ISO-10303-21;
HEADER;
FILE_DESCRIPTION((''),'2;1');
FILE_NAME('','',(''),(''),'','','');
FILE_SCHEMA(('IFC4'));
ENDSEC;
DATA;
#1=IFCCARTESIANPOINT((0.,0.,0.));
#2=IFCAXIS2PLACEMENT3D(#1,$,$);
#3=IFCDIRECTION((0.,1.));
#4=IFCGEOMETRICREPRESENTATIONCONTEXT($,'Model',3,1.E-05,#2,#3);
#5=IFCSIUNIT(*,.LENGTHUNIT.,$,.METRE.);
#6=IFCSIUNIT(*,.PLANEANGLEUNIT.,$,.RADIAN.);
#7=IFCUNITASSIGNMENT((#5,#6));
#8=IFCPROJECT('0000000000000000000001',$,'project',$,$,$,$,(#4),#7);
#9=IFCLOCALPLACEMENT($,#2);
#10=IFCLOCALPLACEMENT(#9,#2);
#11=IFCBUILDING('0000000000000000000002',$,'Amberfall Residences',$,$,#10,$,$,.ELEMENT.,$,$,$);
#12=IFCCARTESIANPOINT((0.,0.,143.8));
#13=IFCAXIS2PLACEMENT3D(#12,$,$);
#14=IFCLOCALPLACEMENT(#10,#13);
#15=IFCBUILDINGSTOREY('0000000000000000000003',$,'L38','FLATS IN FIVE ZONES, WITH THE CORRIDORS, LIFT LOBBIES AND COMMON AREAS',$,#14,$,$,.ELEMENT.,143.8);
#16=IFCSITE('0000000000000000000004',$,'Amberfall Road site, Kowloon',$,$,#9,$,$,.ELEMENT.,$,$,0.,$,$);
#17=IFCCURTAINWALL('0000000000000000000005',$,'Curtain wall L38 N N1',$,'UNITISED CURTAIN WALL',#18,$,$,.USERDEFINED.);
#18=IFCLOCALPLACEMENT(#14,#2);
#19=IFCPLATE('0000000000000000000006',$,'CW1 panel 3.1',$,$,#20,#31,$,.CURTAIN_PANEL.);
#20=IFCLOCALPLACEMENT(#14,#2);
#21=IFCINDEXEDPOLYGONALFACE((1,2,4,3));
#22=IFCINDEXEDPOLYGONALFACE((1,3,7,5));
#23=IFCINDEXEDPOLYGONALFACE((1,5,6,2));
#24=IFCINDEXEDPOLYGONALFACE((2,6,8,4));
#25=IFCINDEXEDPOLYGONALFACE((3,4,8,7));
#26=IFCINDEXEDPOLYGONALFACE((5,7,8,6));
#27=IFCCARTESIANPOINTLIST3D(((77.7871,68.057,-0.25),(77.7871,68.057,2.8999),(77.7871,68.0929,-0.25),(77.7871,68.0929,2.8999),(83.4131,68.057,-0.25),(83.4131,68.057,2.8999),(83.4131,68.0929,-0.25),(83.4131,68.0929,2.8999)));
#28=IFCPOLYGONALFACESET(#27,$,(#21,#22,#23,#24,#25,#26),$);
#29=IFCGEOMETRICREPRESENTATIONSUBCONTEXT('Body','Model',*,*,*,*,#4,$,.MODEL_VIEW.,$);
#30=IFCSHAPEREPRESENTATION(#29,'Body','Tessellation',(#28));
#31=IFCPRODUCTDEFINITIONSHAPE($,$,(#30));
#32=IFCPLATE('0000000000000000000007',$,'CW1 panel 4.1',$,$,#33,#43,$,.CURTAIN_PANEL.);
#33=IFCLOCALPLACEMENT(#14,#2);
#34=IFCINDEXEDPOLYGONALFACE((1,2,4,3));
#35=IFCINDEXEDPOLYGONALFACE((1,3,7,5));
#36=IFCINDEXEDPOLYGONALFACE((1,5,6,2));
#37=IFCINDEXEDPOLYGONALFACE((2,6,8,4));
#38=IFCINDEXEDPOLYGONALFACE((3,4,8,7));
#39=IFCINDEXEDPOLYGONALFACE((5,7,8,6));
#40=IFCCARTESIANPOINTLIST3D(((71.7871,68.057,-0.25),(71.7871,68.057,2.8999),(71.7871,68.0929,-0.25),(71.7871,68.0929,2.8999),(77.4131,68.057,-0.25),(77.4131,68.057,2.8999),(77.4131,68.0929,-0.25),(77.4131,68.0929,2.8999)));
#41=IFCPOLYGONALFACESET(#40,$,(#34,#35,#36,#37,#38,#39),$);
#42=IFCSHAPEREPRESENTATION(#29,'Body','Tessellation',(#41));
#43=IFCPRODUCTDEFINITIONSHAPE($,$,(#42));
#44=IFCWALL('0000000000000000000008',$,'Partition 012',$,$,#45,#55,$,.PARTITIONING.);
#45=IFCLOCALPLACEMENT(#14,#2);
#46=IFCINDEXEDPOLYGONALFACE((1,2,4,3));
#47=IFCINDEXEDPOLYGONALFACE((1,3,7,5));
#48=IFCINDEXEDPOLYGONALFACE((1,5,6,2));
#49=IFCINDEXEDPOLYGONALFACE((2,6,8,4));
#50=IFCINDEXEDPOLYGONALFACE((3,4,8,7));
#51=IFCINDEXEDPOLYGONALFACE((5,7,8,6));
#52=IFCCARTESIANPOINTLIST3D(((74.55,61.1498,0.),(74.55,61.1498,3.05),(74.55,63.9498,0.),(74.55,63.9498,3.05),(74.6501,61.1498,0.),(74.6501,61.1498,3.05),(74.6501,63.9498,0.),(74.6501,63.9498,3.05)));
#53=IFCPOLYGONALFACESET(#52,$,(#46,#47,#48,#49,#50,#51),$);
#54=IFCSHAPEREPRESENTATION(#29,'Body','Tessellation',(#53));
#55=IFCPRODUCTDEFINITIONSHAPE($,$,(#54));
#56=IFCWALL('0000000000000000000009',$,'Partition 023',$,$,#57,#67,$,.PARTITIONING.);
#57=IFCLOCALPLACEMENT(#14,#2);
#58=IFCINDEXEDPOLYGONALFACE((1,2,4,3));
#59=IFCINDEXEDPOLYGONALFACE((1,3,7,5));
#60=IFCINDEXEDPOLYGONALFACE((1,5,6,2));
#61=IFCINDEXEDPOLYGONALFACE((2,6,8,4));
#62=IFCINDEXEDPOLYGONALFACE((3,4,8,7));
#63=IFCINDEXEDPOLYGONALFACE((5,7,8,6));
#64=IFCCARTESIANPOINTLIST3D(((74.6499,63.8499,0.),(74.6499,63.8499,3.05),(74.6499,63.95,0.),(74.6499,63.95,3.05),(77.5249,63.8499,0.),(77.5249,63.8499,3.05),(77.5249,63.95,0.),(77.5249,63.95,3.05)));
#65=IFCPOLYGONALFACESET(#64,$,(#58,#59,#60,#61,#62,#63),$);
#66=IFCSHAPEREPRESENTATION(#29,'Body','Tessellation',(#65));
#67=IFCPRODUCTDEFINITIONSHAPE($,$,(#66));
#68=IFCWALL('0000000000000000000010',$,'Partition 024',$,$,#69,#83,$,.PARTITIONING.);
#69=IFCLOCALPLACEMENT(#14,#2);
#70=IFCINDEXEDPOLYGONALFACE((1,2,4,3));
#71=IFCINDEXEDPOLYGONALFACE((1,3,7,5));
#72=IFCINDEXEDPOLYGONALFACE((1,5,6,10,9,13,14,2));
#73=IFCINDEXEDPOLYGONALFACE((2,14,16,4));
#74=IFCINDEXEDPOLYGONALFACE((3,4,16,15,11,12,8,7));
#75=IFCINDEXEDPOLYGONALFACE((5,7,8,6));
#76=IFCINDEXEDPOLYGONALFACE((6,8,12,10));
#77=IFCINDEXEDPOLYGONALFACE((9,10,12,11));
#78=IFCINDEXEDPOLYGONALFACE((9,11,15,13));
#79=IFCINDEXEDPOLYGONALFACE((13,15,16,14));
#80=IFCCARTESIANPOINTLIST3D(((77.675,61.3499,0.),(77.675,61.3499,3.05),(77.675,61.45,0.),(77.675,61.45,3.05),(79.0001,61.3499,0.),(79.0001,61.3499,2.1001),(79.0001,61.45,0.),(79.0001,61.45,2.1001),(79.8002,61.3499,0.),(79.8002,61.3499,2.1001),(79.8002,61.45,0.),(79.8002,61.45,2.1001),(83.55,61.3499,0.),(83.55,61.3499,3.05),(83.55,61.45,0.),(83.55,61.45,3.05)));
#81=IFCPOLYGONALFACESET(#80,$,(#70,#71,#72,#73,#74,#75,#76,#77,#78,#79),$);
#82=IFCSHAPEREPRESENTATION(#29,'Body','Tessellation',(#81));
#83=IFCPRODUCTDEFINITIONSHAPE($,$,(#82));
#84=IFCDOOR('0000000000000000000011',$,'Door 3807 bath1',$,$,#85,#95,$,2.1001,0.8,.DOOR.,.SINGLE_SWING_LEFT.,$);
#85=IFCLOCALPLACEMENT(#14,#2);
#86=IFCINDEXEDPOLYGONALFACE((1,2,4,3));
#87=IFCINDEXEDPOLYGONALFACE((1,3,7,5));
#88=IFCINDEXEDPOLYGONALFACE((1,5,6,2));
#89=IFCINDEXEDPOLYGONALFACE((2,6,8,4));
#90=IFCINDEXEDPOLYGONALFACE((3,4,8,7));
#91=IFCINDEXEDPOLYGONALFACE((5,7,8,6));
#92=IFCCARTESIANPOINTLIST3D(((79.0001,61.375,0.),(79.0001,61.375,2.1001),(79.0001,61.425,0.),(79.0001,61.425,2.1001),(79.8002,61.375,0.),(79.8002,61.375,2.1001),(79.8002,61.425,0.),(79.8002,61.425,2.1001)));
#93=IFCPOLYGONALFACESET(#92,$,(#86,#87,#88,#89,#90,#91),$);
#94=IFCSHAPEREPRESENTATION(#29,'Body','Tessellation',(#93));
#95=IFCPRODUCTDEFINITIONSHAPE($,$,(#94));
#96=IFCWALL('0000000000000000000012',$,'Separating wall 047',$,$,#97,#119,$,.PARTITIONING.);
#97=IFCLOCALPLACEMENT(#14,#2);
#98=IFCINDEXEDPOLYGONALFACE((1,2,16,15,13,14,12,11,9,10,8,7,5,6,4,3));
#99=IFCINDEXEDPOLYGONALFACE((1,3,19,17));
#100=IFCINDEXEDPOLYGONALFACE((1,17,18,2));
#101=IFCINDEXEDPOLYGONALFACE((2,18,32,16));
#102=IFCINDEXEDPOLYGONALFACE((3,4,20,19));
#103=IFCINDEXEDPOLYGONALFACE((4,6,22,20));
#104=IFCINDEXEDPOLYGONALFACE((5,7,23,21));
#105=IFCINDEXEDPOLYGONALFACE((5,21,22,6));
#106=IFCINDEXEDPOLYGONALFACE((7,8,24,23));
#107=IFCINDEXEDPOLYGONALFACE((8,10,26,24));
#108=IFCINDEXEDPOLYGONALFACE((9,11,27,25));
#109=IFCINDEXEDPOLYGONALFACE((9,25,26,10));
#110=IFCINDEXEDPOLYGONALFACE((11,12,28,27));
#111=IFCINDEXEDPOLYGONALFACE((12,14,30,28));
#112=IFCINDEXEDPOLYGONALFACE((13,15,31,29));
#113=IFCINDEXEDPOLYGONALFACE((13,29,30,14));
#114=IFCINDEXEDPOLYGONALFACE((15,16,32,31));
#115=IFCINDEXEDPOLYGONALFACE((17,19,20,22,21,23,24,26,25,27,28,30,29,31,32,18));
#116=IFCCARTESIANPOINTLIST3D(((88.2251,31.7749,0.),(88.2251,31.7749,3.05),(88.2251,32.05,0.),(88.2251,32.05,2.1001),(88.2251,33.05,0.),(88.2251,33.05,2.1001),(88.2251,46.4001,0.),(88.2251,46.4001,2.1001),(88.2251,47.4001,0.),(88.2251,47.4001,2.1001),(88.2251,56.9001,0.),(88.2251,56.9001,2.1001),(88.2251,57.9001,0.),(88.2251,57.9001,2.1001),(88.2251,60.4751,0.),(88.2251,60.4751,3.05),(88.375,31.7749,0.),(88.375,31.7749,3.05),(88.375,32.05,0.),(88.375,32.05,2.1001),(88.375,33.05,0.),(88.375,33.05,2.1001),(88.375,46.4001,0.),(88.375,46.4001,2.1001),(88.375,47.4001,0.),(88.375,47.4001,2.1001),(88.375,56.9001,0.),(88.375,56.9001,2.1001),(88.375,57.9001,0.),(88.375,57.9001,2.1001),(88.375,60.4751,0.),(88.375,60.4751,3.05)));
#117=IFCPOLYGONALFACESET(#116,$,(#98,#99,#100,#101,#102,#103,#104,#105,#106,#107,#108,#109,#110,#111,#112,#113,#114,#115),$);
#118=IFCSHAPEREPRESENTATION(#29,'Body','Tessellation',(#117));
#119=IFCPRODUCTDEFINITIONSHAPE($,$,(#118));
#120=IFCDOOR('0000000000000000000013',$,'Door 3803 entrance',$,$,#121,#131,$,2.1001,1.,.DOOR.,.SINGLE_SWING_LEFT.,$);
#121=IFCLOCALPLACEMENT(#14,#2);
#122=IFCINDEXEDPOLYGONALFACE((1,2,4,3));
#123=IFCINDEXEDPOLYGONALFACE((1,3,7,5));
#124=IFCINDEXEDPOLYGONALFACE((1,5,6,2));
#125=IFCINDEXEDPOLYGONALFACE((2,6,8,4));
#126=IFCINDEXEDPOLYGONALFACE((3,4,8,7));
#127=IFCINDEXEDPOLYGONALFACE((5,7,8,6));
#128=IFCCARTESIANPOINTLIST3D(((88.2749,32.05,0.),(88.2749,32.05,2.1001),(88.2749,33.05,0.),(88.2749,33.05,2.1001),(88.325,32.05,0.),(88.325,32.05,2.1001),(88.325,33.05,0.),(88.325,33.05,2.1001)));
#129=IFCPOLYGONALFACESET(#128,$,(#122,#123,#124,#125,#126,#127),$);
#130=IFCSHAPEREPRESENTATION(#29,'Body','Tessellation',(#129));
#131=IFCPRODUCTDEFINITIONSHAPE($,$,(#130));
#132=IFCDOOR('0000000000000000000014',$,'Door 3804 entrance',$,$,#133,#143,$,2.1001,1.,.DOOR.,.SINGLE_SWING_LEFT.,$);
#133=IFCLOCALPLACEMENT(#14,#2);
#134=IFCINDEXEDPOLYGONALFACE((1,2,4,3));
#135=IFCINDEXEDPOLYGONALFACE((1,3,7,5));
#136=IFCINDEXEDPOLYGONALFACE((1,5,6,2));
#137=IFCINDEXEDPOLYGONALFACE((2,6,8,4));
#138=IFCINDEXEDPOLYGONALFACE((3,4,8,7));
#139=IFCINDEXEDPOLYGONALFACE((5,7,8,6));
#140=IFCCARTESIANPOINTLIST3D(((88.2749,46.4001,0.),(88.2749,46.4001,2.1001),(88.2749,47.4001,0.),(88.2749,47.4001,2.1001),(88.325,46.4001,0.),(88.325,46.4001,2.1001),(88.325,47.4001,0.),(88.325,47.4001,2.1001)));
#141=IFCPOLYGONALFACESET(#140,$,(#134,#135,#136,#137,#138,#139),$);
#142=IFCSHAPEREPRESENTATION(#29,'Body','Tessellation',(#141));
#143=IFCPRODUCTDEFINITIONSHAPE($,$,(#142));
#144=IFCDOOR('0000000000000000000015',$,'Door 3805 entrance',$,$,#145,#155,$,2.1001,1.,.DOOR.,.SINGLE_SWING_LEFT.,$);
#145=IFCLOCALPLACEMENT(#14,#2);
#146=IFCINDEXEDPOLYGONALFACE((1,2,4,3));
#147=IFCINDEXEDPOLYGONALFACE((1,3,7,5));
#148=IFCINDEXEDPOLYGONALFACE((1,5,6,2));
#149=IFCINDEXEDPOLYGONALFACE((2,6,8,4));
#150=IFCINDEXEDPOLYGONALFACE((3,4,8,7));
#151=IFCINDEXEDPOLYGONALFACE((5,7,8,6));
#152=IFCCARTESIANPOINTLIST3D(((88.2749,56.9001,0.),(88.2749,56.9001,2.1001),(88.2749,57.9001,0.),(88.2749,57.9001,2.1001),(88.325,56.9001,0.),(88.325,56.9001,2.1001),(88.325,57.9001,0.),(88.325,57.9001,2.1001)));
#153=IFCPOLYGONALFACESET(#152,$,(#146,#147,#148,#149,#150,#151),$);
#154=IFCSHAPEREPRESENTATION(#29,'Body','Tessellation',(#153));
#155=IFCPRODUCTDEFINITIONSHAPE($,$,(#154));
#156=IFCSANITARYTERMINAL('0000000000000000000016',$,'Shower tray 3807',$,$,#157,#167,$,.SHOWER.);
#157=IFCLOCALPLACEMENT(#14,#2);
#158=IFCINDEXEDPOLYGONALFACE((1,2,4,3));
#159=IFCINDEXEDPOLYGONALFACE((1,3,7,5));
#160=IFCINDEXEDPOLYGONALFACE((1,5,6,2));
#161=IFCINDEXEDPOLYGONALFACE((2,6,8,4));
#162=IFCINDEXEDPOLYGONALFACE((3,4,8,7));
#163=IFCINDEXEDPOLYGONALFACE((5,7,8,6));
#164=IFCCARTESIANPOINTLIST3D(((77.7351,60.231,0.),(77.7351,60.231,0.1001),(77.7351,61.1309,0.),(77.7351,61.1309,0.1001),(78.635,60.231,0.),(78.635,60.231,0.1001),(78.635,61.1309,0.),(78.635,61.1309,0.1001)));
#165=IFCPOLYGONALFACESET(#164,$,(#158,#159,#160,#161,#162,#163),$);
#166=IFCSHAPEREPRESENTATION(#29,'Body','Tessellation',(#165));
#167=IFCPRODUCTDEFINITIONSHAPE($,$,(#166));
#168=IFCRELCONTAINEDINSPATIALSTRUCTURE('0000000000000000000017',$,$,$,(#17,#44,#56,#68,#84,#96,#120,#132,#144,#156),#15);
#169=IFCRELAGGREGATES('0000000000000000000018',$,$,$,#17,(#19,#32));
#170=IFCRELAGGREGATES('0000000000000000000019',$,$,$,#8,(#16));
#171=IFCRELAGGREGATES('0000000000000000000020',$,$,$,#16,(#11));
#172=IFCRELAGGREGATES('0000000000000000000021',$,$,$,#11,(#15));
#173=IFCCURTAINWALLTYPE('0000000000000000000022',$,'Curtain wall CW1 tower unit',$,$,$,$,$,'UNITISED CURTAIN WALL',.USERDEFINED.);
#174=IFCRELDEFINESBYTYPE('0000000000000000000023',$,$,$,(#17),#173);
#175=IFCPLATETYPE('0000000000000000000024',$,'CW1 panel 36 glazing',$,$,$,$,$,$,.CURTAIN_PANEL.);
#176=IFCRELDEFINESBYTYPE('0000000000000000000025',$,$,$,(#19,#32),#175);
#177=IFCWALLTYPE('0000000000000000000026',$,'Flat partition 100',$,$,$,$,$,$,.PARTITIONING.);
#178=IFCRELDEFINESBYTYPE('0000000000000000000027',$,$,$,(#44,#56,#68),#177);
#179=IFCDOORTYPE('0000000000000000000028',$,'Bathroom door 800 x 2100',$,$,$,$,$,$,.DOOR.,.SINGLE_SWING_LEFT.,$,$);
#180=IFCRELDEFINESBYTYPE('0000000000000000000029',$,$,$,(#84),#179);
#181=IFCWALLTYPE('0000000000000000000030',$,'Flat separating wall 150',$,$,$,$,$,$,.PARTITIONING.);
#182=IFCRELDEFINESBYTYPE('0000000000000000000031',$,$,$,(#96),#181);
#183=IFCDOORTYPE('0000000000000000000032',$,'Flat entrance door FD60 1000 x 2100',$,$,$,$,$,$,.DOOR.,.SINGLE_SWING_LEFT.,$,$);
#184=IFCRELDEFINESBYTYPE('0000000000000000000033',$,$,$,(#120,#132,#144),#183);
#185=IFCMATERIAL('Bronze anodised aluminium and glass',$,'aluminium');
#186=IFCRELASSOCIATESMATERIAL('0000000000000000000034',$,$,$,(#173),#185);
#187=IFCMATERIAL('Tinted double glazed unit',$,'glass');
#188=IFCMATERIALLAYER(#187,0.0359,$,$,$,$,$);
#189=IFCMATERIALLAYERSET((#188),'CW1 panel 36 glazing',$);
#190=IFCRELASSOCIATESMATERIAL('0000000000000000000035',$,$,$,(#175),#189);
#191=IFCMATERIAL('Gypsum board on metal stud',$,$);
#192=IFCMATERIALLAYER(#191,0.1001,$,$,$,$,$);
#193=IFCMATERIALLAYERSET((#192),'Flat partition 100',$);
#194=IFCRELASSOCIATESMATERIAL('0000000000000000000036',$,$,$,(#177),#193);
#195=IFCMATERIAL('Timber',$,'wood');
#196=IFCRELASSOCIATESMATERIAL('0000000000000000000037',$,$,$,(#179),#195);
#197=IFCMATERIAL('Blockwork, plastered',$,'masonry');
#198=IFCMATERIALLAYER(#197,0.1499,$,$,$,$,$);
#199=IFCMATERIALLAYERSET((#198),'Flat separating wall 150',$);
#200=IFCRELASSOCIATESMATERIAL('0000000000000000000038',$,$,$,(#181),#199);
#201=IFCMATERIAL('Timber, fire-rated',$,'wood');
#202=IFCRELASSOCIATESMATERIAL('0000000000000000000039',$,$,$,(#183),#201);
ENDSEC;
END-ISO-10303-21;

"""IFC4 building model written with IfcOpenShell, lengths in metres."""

from ifc_helpers import new_model, si_unit, direction, frame, frame_2d, origin, origin_2d, place, context, subcontext, project, spatial, rectangle, extrude, material, layer, layer_set, type_object, element, fill, aggregate, save


model = new_model("IFC4")

# Units and contexts
model_context = context("Model", 3, precision=1e-05, world=origin(), true_north=direction((0.0, 1.0)))
body_context = subcontext(model_context, "Body", "Model", "MODEL_VIEW")
ifc_project = project(units=[si_unit("LENGTHUNIT", "METRE"), si_unit("PLANEANGLEUNIT", "RADIAN")], contexts=[model_context])

# Site, building, storey
site_placement = place(None, origin())
site = spatial("IfcSite", under=ifc_project, at=site_placement, Name="Amberfall Road site, Kowloon", CompositionType="ELEMENT", RefElevation=0.0)
building_placement = place(site_placement, origin())
building = spatial("IfcBuilding", under=site, at=building_placement, Name="Amberfall Residences", CompositionType="ELEMENT")
storey_placement = place(building_placement, frame((0.0, 0.0, 143.8)))
storey = spatial("IfcBuildingStorey", under=building, at=storey_placement, Name="L38", Description="FLATS IN FIVE ZONES, WITH THE CORRIDORS, LIFT LOBBIES AND COMMON AREAS", CompositionType="ELEMENT", Elevation=143.8)

# Curtain wall
ifc_material_1 = material(Name="Bronze anodised aluminium and glass", Category="aluminium")
curtain_wall_type = type_object("IfcCurtainWallType", Name="Curtain wall CW1 tower unit", ElementType="UNITISED CURTAIN WALL", PredefinedType="USERDEFINED", material=ifc_material_1)
curtain_wall_placement = place(storey_placement, origin())
curtain_wall = element("IfcCurtainWall", 1, at=curtain_wall_placement, inside=storey, type_object=curtain_wall_type, Name="Curtain wall L38 N N1", ObjectType="UNITISED CURTAIN WALL", PredefinedType="USERDEFINED")

# Plates
ifc_material_2 = material(Name="Tinted double glazed unit", Category="glass")
ifc_layer_1 = layer(ifc_material_2, 0.0359)
ifc_layer_set_1 = layer_set([ifc_layer_1], Name="CW1 panel 36 glazing")
plate_type = type_object("IfcPlateType", Name="CW1 panel 36 glazing", PredefinedType="CURTAIN_PANEL", material=ifc_layer_set_1)
plate_1_placement = place(storey_placement, frame((80.6001, 68.075, -0.25), z_axis=(0.0, 0.0, 1.0), x_axis=(-1.0, 0.0, 0.0)))
plate_1 = element("IfcPlate", 2, at=plate_1_placement, type_object=plate_type, Name="CW1 panel 3.1", PredefinedType="CURTAIN_PANEL", context=body_context, shape_type="SweptSolid", body=[
    extrude(rectangle(XDim=5.626, YDim=0.0359, at=origin_2d()), origin(), (0.0, 0.0, 1.0), 3.1499),
])
plate_2_placement = place(storey_placement, frame((74.6001, 68.075, -0.25), z_axis=(0.0, 0.0, 1.0), x_axis=(-1.0, 0.0, 0.0)))
plate_2 = element("IfcPlate", 3, at=plate_2_placement, type_object=plate_type, Name="CW1 panel 4.1", PredefinedType="CURTAIN_PANEL", context=body_context, shape_type="SweptSolid", body=[
    extrude(rectangle(XDim=5.626, YDim=0.0359, at=origin_2d()), origin(), (0.0, 0.0, 1.0), 3.1499),
])
aggregate(curtain_wall, [plate_1, plate_2])

# Walls
ifc_material_3 = material(Name="Gypsum board on metal stud")
ifc_layer_2 = layer(ifc_material_3, 0.1001)
ifc_layer_set_2 = layer_set([ifc_layer_2], Name="Flat partition 100")
wall_type_1 = type_object("IfcWallType", Name="Flat partition 100", PredefinedType="PARTITIONING", material=ifc_layer_set_2)
wall_1_placement = place(storey_placement, frame((74.6001, 61.1499, 0.0), z_axis=(0.0, 0.0, 1.0), x_axis=(0.0, 1.0, 0.0)))
element("IfcWall", 4, at=wall_1_placement, inside=storey, type_object=wall_type_1, Name="Partition 012", PredefinedType="PARTITIONING", context=body_context, shape_type="SweptSolid", body=[
    extrude(rectangle(XDim=2.8, YDim=0.1001, at=frame_2d((1.3999, 0.0))), origin(), (0.0, 0.0, 1.0), 3.05),
])
wall_2_placement = place(storey_placement, frame((74.6499, 63.8999, 0.0), z_axis=(0.0, 0.0, 1.0), x_axis=(1.0, 0.0, 0.0)))
element("IfcWall", 5, at=wall_2_placement, inside=storey, type_object=wall_type_1, Name="Partition 023", PredefinedType="PARTITIONING", context=body_context, shape_type="SweptSolid", body=[
    extrude(rectangle(XDim=2.875, YDim=0.1001, at=frame_2d((1.4375, 0.0))), origin(), (0.0, 0.0, 1.0), 3.05),
])

# Wall, opening, door
wall_3_placement = place(storey_placement, frame((83.55, 61.3999, 0.0), z_axis=(0.0, 0.0, 1.0), x_axis=(-1.0, 0.0, 0.0)))
wall_3 = element("IfcWall", 6, at=wall_3_placement, inside=storey, type_object=wall_type_1, Name="Partition 024", PredefinedType="PARTITIONING", context=body_context, shape_type="SweptSolid", body=[
    extrude(rectangle(XDim=5.875, YDim=0.1001, at=frame_2d((2.9375, 0.0))), origin(), (0.0, 0.0, 1.0), 3.05),
])
opening_1_placement = place(wall_3_placement, frame((3.75, 0.0, 0.0)))
opening_1 = element("IfcOpeningElement", 7, at=opening_1_placement, cuts=wall_3, PredefinedType="OPENING", context=body_context, shape_type="SweptSolid", body=[
    extrude(rectangle(XDim=0.8, YDim=2.1001, at=frame_2d((0.3999, 1.05))), frame((0.0, 0.0601, 0.0), z_axis=(0.0, -1.0, 0.0), x_axis=(1.0, 0.0, 0.0)), (0.0, 0.0, 1.0), 0.1201),
])
ifc_material_4 = material(Name="Timber", Category="wood")
door_type_1 = type_object("IfcDoorType", Name="Bathroom door 800 x 2100", OperationType="SINGLE_SWING_LEFT", PredefinedType="DOOR", material=ifc_material_4)
door_1_placement = place(opening_1_placement, origin())
door_1 = element("IfcDoor", 8, at=door_1_placement, inside=storey, type_object=door_type_1, Name="Door 3807 bath1", OperationType="SINGLE_SWING_LEFT", OverallHeight=2.1001, OverallWidth=0.8, PredefinedType="DOOR", context=body_context, shape_type="SweptSolid", body=[
    extrude(rectangle(XDim=0.8, YDim=2.1001, at=frame_2d((0.3999, 1.05))), frame((0.0, 0.0249, 0.0), z_axis=(0.0, -1.0, 0.0), x_axis=(1.0, 0.0, 0.0)), (0.0, 0.0, 1.0), 0.05),
])
fill(opening_1, door_1)

# Wall, openings, doors
ifc_material_5 = material(Name="Blockwork, plastered", Category="masonry")
ifc_layer_3 = layer(ifc_material_5, 0.1499)
ifc_layer_set_3 = layer_set([ifc_layer_3], Name="Flat separating wall 150")
wall_type_2 = type_object("IfcWallType", Name="Flat separating wall 150", PredefinedType="PARTITIONING", material=ifc_layer_set_3)
wall_4_placement = place(storey_placement, frame((88.3, 60.4751, 0.0), z_axis=(0.0, 0.0, 1.0), x_axis=(0.0, -1.0, 0.0)))
wall_4 = element("IfcWall", 9, at=wall_4_placement, inside=storey, type_object=wall_type_2, Name="Separating wall 047", PredefinedType="PARTITIONING", context=body_context, shape_type="SweptSolid", body=[
    extrude(rectangle(XDim=28.7002, YDim=0.1499, at=frame_2d((14.3501, 0.0))), origin(), (0.0, 0.0, 1.0), 3.05),
])
opening_2_placement = place(wall_4_placement, frame((27.425, 0.0, 0.0)))
opening_2 = element("IfcOpeningElement", 10, at=opening_2_placement, cuts=wall_4, PredefinedType="OPENING", context=body_context, shape_type="SweptSolid", body=[
    extrude(rectangle(XDim=1.0, YDim=2.1001, at=frame_2d((0.5, 1.05))), frame((0.0, 0.085, 0.0), z_axis=(0.0, -1.0, 0.0), x_axis=(1.0, 0.0, 0.0)), (0.0, 0.0, 1.0), 0.1699),
])
opening_3_placement = place(wall_4_placement, frame((13.075, 0.0, 0.0)))
opening_3 = element("IfcOpeningElement", 11, at=opening_3_placement, cuts=wall_4, PredefinedType="OPENING", context=body_context, shape_type="SweptSolid", body=[
    extrude(rectangle(XDim=1.0, YDim=2.1001, at=frame_2d((0.5, 1.05))), frame((0.0, 0.085, 0.0), z_axis=(0.0, -1.0, 0.0), x_axis=(1.0, 0.0, 0.0)), (0.0, 0.0, 1.0), 0.1699),
])
opening_4_placement = place(wall_4_placement, frame((2.575, 0.0, 0.0)))
opening_4 = element("IfcOpeningElement", 12, at=opening_4_placement, cuts=wall_4, PredefinedType="OPENING", context=body_context, shape_type="SweptSolid", body=[
    extrude(rectangle(XDim=1.0, YDim=2.1001, at=frame_2d((0.5, 1.05))), frame((0.0, 0.085, 0.0), z_axis=(0.0, -1.0, 0.0), x_axis=(1.0, 0.0, 0.0)), (0.0, 0.0, 1.0), 0.1699),
])
ifc_material_6 = material(Name="Timber, fire-rated", Category="wood")
door_type_2 = type_object("IfcDoorType", Name="Flat entrance door FD60 1000 x 2100", OperationType="SINGLE_SWING_LEFT", PredefinedType="DOOR", material=ifc_material_6)
door_2_placement = place(opening_2_placement, origin())
door_2 = element("IfcDoor", 13, at=door_2_placement, inside=storey, type_object=door_type_2, Name="Door 3803 entrance", OperationType="SINGLE_SWING_LEFT", OverallHeight=2.1001, OverallWidth=1.0, PredefinedType="DOOR", context=body_context, shape_type="SweptSolid", body=[
    extrude(rectangle(XDim=1.0, YDim=2.1001, at=frame_2d((0.5, 1.05))), frame((0.0, 0.0249, 0.0), z_axis=(0.0, -1.0, 0.0), x_axis=(1.0, 0.0, 0.0)), (0.0, 0.0, 1.0), 0.05),
])
fill(opening_2, door_2)
door_3_placement = place(opening_3_placement, origin())
door_3 = element("IfcDoor", 14, at=door_3_placement, inside=storey, type_object=door_type_2, Name="Door 3804 entrance", OperationType="SINGLE_SWING_LEFT", OverallHeight=2.1001, OverallWidth=1.0, PredefinedType="DOOR", context=body_context, shape_type="SweptSolid", body=[
    extrude(rectangle(XDim=1.0, YDim=2.1001, at=frame_2d((0.5, 1.05))), frame((0.0, 0.0249, 0.0), z_axis=(0.0, -1.0, 0.0), x_axis=(1.0, 0.0, 0.0)), (0.0, 0.0, 1.0), 0.05),
])
fill(opening_3, door_3)
door_4_placement = place(opening_4_placement, origin())
door_4 = element("IfcDoor", 15, at=door_4_placement, inside=storey, type_object=door_type_2, Name="Door 3805 entrance", OperationType="SINGLE_SWING_LEFT", OverallHeight=2.1001, OverallWidth=1.0, PredefinedType="DOOR", context=body_context, shape_type="SweptSolid", body=[
    extrude(rectangle(XDim=1.0, YDim=2.1001, at=frame_2d((0.5, 1.05))), frame((0.0, 0.0249, 0.0), z_axis=(0.0, -1.0, 0.0), x_axis=(1.0, 0.0, 0.0)), (0.0, 0.0, 1.0), 0.05),
])
fill(opening_4, door_4)

# Sanitary terminal
sanitary_terminal_placement = place(storey_placement, frame((78.1851, 60.6809, 0.0), z_axis=(0.0, 0.0, 1.0), x_axis=(1.0, 0.0, 0.0)))
element("IfcSanitaryTerminal", 16, at=sanitary_terminal_placement, inside=storey, Name="Shower tray 3807", PredefinedType="SHOWER", context=body_context, shape_type="SweptSolid", body=[
    extrude(rectangle(XDim=0.8999, YDim=0.8999, at=origin_2d()), origin(), (0.0, 0.0, 1.0), 0.1001),
])

save(model, "model.ifc")
